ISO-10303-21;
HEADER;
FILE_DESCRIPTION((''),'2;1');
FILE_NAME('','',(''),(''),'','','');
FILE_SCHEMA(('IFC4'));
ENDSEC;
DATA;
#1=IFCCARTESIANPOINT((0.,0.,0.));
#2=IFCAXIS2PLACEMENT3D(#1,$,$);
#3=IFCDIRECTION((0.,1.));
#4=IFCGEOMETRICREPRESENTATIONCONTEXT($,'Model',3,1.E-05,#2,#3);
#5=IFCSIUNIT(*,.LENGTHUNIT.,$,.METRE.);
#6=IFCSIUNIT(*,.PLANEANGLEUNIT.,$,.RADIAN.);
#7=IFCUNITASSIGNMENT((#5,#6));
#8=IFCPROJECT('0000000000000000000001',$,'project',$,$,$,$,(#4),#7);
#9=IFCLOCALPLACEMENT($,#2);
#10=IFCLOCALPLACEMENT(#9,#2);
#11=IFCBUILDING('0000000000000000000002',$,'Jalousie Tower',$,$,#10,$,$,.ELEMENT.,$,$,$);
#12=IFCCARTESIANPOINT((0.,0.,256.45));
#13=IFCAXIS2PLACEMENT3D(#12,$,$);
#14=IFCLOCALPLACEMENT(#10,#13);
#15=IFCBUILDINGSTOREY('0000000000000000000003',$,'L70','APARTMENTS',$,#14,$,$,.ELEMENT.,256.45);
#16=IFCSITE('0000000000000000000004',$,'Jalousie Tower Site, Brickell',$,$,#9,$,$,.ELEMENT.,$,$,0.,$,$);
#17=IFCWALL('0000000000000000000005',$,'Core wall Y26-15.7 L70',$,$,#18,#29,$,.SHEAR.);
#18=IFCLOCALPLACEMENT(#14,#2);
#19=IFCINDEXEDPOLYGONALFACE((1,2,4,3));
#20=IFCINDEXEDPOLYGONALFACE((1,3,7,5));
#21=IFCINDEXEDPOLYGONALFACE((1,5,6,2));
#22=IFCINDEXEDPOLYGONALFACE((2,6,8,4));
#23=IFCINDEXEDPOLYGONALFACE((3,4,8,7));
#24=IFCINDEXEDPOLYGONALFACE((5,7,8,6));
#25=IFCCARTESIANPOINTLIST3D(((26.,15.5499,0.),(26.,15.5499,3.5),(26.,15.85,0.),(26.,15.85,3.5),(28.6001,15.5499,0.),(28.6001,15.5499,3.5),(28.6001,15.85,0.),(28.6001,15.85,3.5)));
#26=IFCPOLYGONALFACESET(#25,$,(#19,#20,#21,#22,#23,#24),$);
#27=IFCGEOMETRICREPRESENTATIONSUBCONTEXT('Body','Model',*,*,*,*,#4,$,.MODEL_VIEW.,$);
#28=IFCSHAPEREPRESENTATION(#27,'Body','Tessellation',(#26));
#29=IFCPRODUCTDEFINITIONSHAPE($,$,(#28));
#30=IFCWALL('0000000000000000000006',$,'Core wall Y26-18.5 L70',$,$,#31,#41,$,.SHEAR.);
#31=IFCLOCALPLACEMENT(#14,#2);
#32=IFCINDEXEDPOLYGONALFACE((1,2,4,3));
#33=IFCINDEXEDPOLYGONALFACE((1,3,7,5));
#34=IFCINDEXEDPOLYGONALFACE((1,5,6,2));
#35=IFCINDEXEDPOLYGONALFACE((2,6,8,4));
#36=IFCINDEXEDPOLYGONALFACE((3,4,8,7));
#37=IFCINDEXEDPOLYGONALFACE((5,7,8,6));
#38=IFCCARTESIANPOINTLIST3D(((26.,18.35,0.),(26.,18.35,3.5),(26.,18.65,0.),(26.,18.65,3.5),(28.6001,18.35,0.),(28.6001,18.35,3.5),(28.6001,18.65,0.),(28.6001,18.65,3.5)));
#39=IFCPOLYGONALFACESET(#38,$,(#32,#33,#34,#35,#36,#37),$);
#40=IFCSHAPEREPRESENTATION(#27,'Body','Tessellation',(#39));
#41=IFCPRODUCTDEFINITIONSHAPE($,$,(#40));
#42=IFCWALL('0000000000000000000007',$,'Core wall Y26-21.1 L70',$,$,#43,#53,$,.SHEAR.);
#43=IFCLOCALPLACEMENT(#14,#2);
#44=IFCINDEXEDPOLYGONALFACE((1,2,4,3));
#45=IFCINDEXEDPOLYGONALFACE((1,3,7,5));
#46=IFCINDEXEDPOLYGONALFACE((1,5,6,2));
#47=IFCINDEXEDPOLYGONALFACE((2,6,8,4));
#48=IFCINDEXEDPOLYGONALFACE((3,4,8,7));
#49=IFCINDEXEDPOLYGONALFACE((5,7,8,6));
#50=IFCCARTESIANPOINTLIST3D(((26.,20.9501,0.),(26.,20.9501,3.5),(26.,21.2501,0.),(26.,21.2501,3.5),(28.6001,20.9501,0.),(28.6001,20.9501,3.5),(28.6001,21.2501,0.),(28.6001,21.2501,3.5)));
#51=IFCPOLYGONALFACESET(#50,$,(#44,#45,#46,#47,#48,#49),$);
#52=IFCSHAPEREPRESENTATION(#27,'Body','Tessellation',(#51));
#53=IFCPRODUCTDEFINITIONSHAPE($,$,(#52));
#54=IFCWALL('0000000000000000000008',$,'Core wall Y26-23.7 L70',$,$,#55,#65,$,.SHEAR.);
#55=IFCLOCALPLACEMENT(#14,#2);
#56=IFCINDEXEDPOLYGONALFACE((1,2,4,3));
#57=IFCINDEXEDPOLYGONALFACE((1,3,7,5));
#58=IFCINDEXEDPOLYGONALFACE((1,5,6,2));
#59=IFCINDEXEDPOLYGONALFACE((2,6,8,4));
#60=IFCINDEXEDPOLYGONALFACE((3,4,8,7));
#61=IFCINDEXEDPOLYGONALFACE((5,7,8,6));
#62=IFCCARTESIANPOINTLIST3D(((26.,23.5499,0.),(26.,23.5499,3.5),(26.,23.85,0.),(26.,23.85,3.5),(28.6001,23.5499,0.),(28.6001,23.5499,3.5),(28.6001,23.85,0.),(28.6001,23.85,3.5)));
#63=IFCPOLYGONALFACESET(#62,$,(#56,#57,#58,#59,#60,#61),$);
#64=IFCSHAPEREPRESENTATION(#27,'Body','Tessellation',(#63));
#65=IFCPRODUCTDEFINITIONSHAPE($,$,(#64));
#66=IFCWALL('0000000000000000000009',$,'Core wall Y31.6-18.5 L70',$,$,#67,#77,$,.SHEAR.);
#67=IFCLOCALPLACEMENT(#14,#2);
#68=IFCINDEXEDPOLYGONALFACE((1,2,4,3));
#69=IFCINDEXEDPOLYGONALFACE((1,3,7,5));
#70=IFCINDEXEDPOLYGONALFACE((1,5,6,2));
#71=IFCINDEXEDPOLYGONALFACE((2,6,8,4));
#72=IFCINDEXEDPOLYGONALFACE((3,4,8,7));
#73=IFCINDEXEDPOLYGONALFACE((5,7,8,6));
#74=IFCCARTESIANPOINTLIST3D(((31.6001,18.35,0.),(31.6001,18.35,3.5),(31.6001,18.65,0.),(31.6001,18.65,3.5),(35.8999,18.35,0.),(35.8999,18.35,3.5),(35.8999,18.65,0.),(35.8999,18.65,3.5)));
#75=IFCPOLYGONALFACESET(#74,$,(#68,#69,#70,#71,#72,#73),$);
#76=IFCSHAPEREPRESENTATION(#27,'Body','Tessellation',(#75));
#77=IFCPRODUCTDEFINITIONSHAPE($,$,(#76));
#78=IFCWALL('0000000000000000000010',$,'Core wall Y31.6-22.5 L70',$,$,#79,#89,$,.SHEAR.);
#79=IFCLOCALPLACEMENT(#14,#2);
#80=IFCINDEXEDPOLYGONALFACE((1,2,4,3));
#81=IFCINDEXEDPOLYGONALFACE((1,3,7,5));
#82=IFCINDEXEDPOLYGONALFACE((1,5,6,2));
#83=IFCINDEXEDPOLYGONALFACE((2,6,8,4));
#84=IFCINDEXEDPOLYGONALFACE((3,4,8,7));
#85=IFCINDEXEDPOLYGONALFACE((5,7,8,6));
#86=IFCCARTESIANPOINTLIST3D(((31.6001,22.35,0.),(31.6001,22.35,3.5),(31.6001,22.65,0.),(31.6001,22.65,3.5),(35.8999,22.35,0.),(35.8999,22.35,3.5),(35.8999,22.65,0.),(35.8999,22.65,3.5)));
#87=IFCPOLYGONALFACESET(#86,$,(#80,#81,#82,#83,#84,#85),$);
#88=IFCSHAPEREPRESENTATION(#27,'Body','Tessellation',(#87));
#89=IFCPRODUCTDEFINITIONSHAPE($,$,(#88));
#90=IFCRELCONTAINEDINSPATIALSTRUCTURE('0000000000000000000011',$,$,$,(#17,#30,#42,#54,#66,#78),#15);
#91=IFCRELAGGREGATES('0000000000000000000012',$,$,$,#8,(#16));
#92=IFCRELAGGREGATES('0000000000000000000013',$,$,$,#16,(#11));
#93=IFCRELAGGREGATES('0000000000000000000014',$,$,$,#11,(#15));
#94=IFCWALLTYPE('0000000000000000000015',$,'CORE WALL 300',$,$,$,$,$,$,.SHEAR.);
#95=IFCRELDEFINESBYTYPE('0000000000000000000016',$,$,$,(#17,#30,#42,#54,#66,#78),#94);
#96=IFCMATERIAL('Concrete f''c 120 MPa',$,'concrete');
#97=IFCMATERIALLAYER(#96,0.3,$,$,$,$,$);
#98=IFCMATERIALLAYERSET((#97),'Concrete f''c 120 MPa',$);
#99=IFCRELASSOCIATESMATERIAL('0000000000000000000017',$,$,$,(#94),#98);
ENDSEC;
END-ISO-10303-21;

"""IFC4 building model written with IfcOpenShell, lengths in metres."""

from ifc_helpers import new_model, si_unit, direction, frame, frame_2d, origin, place, context, subcontext, project, spatial, rectangle, extrude, material, layer, layer_set, type_object, element, save


model = new_model("IFC4")

# Units and contexts
model_context = context("Model", 3, precision=1e-05, world=origin(), true_north=direction((0.0, 1.0)))
body_context = subcontext(model_context, "Body", "Model", "MODEL_VIEW")
ifc_project = project(units=[si_unit("LENGTHUNIT", "METRE"), si_unit("PLANEANGLEUNIT", "RADIAN")], contexts=[model_context])

# Site, building, storey
site_placement = place(None, origin())
site = spatial("IfcSite", under=ifc_project, at=site_placement, Name="Jalousie Tower Site, Brickell", CompositionType="ELEMENT", RefElevation=0.0)
building_placement = place(site_placement, origin())
building = spatial("IfcBuilding", under=site, at=building_placement, Name="Jalousie Tower", CompositionType="ELEMENT")
storey_placement = place(building_placement, frame((0.0, 0.0, 256.45)))
storey = spatial("IfcBuildingStorey", under=building, at=storey_placement, Name="L70", Description="APARTMENTS", CompositionType="ELEMENT", Elevation=256.45)

# Shared definitions
ifc_material_1 = material(Name="Concrete f'c 120 MPa", Category="concrete")
ifc_layer_1 = layer(ifc_material_1, 0.3)
ifc_layer_set_1 = layer_set([ifc_layer_1], Name="Concrete f'c 120 MPa")
wall_type_1 = type_object("IfcWallType", Name="CORE WALL 300", PredefinedType="SHEAR", material=ifc_layer_set_1)

# Walls
for number, where, z_axis, x_axis, name in (
    (1, (26.0, 15.7, 0.0), (0.0, 0.0, 1.0), (1.0, 0.0, 0.0), "Core wall Y26-15.7 L70"),
    (2, (26.0, 18.5, 0.0), (0.0, 0.0, 1.0), (1.0, 0.0, 0.0), "Core wall Y26-18.5 L70"),
    (3, (26.0, 21.1001, 0.0), (0.0, 0.0, 1.0), (1.0, 0.0, 0.0), "Core wall Y26-21.1 L70"),
    (4, (26.0, 23.7, 0.0), (0.0, 0.0, 1.0), (1.0, 0.0, 0.0), "Core wall Y26-23.7 L70"),
):
    element("IfcWall", number, at=place(storey_placement, frame(where, z_axis=z_axis, x_axis=x_axis)), inside=storey, type_object=wall_type_1, Name=name, PredefinedType="SHEAR", context=body_context, shape_type="SweptSolid", body=[
        extrude(rectangle(XDim=2.6001, YDim=0.3, at=frame_2d((1.3, 0.0))), origin(), (0.0, 0.0, 1.0), 3.5),
    ])
for number, where, z_axis, x_axis, name in (
    (5, (31.6001, 18.5, 0.0), (0.0, 0.0, 1.0), (1.0, 0.0, 0.0), "Core wall Y31.6-18.5 L70"),
    (6, (31.6001, 22.5, 0.0), (0.0, 0.0, 1.0), (1.0, 0.0, 0.0), "Core wall Y31.6-22.5 L70"),
):
    element("IfcWall", number, at=place(storey_placement, frame(where, z_axis=z_axis, x_axis=x_axis)), inside=storey, type_object=wall_type_1, Name=name, PredefinedType="SHEAR", context=body_context, shape_type="SweptSolid", body=[
        extrude(rectangle(XDim=4.2998, YDim=0.3, at=frame_2d((2.1499, 0.0))), origin(), (0.0, 0.0, 1.0), 3.5),
    ])

save(model, "model.ifc")
